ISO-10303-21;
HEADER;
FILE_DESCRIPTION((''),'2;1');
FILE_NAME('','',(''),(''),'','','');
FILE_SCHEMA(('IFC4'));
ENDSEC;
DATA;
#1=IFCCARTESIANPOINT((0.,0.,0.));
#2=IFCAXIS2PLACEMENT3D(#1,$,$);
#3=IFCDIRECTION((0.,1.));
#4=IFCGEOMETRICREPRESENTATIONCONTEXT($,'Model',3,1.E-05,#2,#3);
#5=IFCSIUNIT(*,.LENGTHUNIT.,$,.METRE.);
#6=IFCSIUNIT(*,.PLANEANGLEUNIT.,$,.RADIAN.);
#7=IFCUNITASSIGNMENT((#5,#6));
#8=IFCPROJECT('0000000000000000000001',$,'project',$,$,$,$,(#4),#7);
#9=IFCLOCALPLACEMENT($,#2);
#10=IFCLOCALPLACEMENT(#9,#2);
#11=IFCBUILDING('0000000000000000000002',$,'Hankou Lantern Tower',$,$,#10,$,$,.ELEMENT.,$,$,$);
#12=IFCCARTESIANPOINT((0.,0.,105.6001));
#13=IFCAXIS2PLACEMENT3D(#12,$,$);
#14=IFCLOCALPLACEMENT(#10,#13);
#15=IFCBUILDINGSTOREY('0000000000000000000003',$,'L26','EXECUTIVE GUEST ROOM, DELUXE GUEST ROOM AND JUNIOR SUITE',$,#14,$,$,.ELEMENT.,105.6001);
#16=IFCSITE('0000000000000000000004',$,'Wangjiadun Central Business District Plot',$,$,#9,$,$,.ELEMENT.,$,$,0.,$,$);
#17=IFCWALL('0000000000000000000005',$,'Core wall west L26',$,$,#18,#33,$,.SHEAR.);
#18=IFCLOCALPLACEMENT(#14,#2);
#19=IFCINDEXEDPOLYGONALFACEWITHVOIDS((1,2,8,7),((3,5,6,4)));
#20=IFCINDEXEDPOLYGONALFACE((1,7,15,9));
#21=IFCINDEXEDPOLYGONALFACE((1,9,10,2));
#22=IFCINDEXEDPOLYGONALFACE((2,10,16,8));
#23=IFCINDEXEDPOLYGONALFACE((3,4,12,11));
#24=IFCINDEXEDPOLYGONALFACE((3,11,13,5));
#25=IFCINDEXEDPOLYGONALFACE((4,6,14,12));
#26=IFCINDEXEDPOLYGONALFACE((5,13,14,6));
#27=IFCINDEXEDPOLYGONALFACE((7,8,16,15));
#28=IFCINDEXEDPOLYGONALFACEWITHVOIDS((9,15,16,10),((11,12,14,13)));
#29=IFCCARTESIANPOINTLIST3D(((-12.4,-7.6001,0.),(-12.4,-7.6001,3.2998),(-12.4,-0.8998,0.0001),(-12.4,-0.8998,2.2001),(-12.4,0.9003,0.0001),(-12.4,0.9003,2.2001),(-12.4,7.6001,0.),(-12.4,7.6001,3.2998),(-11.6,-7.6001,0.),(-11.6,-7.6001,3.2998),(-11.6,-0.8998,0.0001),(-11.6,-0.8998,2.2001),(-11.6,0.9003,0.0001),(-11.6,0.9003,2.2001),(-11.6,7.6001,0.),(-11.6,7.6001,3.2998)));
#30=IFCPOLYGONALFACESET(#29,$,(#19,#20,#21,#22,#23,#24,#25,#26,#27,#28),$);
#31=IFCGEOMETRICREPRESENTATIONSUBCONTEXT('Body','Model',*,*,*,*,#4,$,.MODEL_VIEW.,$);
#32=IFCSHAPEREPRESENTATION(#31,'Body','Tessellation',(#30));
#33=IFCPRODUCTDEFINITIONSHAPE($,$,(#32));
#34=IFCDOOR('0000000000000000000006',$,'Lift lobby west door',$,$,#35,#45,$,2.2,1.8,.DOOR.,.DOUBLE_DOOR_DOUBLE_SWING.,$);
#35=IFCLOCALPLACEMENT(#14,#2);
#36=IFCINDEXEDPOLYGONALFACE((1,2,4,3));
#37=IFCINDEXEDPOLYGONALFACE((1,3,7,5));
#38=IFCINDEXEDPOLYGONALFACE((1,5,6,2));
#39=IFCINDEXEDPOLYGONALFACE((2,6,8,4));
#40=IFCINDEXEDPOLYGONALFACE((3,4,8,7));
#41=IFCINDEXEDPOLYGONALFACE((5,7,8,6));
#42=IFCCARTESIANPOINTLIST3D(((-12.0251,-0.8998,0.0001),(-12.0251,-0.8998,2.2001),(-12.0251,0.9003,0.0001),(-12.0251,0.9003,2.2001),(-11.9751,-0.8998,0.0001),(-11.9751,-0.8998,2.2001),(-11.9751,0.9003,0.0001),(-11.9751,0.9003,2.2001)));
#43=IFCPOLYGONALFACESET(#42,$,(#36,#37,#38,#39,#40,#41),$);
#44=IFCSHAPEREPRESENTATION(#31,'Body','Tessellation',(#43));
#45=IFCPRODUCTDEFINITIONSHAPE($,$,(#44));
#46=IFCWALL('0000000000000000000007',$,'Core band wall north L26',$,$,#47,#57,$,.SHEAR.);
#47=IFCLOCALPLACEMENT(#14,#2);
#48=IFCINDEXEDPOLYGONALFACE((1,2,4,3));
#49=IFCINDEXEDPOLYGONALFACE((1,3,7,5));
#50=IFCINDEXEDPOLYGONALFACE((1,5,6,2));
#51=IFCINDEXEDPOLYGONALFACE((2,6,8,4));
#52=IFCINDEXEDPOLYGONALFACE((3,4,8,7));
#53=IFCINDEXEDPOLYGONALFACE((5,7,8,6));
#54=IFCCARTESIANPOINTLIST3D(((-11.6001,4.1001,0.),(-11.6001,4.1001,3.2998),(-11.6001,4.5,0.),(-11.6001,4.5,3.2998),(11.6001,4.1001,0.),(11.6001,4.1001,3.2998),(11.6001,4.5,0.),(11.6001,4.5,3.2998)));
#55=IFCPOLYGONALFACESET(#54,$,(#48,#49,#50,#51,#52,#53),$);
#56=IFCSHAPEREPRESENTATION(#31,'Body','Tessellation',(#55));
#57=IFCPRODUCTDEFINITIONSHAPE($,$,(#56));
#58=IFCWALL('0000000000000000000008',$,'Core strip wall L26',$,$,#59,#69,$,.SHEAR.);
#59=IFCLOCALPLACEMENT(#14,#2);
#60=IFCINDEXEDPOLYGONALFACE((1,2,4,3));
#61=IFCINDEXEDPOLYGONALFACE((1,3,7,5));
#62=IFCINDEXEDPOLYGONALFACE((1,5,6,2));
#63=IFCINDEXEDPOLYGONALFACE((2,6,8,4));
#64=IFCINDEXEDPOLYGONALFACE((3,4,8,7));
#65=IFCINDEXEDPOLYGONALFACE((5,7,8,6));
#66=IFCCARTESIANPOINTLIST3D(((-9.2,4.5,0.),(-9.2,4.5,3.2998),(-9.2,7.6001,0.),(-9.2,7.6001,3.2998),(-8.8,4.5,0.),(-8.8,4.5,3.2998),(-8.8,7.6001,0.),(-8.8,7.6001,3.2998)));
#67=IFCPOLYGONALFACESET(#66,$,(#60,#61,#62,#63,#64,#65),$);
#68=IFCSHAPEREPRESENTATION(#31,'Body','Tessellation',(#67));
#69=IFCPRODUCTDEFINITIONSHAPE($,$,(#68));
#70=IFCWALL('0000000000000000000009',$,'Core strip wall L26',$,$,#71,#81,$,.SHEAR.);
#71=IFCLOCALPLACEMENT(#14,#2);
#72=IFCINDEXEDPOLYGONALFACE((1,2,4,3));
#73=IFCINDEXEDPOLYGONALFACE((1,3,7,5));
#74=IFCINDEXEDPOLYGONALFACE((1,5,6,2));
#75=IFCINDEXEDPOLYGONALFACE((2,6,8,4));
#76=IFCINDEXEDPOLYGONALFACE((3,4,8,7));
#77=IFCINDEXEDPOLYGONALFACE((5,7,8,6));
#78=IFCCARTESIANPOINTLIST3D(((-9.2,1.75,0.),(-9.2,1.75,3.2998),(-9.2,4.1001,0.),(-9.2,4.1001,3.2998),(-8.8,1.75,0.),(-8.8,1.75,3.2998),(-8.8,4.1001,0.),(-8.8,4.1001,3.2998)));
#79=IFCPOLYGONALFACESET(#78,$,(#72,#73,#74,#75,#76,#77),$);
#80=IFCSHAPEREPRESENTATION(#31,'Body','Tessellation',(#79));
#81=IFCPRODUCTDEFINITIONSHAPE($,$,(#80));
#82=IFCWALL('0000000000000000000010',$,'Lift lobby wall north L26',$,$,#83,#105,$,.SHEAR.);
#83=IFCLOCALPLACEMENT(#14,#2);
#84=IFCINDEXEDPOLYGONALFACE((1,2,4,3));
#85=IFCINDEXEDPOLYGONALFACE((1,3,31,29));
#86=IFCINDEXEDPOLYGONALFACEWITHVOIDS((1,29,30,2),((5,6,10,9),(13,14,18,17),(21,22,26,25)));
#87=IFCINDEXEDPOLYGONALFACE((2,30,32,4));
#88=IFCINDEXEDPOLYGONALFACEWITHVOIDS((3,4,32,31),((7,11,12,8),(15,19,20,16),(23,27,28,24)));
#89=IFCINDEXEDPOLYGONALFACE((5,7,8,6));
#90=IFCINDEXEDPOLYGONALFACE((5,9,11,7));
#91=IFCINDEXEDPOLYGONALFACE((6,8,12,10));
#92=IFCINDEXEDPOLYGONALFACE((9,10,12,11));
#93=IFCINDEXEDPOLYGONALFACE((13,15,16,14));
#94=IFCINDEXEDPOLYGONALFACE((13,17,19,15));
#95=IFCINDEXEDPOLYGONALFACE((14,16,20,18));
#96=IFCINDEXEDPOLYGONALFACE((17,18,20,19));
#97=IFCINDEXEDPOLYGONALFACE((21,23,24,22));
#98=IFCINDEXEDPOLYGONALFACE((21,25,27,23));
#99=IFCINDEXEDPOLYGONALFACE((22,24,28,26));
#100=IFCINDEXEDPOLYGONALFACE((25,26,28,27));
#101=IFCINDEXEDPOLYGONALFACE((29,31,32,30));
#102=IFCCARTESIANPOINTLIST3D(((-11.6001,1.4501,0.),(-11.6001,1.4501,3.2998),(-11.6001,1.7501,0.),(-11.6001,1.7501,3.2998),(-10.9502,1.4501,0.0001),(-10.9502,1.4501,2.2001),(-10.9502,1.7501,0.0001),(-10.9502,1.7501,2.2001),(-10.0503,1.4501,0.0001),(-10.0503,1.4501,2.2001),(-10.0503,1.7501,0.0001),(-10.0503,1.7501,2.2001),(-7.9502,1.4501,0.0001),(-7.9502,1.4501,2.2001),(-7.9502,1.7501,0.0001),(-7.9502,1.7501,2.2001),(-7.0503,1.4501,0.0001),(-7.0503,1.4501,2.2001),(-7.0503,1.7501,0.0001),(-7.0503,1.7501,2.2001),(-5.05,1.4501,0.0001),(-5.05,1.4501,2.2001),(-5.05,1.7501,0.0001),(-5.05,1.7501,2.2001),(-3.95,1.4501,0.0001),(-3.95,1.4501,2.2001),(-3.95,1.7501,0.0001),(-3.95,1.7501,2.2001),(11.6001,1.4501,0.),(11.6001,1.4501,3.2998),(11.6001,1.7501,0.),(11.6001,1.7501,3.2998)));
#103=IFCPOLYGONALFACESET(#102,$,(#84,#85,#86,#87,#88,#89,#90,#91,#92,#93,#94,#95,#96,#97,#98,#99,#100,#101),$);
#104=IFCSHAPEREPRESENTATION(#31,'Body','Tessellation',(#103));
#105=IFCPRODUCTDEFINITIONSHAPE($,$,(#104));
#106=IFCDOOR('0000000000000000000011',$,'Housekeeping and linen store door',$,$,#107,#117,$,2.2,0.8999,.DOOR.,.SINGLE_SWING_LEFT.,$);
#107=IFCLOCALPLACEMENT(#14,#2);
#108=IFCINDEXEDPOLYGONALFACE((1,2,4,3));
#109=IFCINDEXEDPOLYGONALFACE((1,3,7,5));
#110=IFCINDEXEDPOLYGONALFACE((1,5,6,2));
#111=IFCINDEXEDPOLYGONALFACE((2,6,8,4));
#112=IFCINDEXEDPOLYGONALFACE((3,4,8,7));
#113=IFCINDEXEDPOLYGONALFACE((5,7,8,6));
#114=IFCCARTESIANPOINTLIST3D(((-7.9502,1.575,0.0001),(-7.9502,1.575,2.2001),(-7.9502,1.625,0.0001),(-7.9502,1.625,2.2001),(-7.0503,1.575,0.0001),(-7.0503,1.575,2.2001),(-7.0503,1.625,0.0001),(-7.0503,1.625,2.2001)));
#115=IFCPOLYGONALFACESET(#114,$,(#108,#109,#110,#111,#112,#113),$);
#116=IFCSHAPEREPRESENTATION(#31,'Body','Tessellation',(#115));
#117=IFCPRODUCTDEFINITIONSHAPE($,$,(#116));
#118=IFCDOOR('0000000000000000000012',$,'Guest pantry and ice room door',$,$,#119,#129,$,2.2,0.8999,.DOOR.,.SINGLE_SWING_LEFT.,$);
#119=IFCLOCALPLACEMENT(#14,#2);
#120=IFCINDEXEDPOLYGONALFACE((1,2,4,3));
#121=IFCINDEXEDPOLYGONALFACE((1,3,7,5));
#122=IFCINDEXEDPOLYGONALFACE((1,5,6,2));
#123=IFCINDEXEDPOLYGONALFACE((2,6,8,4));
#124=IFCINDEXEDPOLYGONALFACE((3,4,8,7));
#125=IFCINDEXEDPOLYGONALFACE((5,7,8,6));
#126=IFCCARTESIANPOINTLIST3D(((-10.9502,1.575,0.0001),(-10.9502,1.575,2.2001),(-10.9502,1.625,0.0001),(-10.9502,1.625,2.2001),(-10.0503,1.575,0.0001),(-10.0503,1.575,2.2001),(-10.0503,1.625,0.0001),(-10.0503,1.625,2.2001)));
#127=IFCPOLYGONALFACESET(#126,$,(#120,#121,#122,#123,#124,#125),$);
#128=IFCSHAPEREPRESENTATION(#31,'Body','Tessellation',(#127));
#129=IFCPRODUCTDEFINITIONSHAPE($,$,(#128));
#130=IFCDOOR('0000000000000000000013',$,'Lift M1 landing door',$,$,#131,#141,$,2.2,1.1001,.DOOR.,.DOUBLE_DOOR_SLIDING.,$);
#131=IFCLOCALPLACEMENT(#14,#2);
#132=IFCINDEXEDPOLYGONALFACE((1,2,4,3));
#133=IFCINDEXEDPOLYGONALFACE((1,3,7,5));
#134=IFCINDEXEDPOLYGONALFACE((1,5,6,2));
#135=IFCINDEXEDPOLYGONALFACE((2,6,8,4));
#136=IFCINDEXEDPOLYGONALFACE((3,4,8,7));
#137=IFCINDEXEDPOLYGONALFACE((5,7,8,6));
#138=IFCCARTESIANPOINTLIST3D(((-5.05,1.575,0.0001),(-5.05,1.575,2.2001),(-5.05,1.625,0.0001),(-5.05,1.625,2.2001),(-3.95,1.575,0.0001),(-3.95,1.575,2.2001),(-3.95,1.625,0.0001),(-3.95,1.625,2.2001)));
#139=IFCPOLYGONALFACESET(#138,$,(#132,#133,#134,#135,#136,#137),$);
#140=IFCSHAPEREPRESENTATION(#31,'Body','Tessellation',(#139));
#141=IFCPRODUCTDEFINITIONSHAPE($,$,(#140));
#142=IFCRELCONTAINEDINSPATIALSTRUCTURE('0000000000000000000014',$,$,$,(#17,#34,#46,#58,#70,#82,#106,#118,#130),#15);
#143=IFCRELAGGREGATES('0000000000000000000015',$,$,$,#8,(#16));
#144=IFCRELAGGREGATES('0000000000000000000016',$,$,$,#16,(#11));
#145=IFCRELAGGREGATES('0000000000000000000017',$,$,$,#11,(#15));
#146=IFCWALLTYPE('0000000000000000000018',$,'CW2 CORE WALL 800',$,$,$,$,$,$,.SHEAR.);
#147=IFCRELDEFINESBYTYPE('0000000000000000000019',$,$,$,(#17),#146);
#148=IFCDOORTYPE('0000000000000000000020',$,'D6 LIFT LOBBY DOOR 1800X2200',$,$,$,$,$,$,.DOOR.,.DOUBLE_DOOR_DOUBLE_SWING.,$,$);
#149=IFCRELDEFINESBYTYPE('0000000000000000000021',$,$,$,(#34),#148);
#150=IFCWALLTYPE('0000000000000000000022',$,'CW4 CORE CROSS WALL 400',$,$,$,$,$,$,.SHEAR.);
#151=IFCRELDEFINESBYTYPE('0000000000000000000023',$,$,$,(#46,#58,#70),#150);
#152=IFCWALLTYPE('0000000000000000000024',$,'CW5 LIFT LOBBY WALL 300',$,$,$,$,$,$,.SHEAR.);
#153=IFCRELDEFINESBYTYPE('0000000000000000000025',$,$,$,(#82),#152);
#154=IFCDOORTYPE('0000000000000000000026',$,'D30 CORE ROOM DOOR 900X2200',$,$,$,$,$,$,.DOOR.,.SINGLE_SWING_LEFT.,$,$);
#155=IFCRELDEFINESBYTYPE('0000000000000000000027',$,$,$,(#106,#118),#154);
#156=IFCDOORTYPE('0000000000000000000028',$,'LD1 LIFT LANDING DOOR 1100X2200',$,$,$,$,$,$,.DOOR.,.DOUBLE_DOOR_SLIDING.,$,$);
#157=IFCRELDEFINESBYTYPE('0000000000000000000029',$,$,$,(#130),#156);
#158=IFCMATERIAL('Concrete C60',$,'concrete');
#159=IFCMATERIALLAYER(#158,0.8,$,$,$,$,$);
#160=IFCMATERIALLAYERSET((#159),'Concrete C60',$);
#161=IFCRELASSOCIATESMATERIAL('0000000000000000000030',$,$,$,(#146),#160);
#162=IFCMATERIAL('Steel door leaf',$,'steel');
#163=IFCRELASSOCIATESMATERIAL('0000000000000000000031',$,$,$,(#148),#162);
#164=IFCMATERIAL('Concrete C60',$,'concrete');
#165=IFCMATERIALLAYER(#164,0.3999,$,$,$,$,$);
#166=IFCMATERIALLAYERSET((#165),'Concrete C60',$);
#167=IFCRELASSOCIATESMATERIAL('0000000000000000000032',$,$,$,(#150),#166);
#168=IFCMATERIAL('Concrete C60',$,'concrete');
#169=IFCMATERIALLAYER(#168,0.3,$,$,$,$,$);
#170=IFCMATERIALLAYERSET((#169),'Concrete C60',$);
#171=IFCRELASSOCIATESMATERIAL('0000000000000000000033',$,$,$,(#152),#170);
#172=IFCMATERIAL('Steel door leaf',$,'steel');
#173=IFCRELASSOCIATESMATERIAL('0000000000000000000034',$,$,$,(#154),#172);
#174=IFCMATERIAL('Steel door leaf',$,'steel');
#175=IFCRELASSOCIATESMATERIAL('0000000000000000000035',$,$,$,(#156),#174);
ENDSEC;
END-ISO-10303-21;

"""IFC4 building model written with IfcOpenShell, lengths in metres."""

from ifc_helpers import new_model, si_unit, direction, frame, frame_2d, origin, place, context, subcontext, project, spatial, rectangle, extrude, material, layer, layer_set, type_object, element, fill, save


model = new_model("IFC4")

# Units and contexts
model_context = context("Model", 3, precision=1e-05, world=origin(), true_north=direction((0.0, 1.0)))
body_context = subcontext(model_context, "Body", "Model", "MODEL_VIEW")
ifc_project = project(units=[si_unit("LENGTHUNIT", "METRE"), si_unit("PLANEANGLEUNIT", "RADIAN")], contexts=[model_context])

# Site, building, storey
site_placement = place(None, origin())
site = spatial("IfcSite", under=ifc_project, at=site_placement, Name="Wangjiadun Central Business District Plot", CompositionType="ELEMENT", RefElevation=0.0)
building_placement = place(site_placement, origin())
building = spatial("IfcBuilding", under=site, at=building_placement, Name="Hankou Lantern Tower", CompositionType="ELEMENT")
storey_placement = place(building_placement, frame((0.0, 0.0, 105.6001)))
storey = spatial("IfcBuildingStorey", under=building, at=storey_placement, Name="L26", Description="EXECUTIVE GUEST ROOM, DELUXE GUEST ROOM AND JUNIOR SUITE", CompositionType="ELEMENT", Elevation=105.6001)

# Wall, opening, door
ifc_material_1 = material(Name="Concrete C60", Category="concrete")
ifc_layer_1 = layer(ifc_material_1, 0.8)
ifc_layer_set_1 = layer_set([ifc_layer_1], Name="Concrete C60")
wall_type_1 = type_object("IfcWallType", Name="CW2 CORE WALL 800", PredefinedType="SHEAR", material=ifc_layer_set_1)
wall_1_placement = place(storey_placement, frame((-12.0, 7.6001, 0.0), z_axis=(0.0, 0.0, 1.0), x_axis=(0.0, -1.0, 0.0)))
wall_1 = element("IfcWall", 1, at=wall_1_placement, inside=storey, type_object=wall_type_1, Name="Core wall west L26", PredefinedType="SHEAR", context=body_context, shape_type="SweptSolid", body=[
    extrude(rectangle(XDim=15.2002, YDim=0.8, at=frame_2d((7.6001, 0.0))), origin(), (0.0, 0.0, 1.0), 3.2998),
])
opening_1_placement = place(wall_1_placement, frame((6.7, 0.0, 0.0)))
opening_1 = element("IfcOpeningElement", 2, at=opening_1_placement, cuts=wall_1, PredefinedType="OPENING", context=body_context, shape_type="SweptSolid", body=[
    extrude(rectangle(XDim=1.8, YDim=2.2, at=frame_2d((0.8999, 1.1001))), frame((0.0, 0.4099, 0.0), z_axis=(0.0, -1.0, 0.0), x_axis=(1.0, 0.0, 0.0)), (0.0, 0.0, 1.0), 0.8201),
])
ifc_material_2 = material(Name="Steel door leaf", Category="steel")
door_type_1 = type_object("IfcDoorType", Name="D6 LIFT LOBBY DOOR 1800X2200", OperationType="DOUBLE_DOOR_DOUBLE_SWING", PredefinedType="DOOR", material=ifc_material_2)
door_1_placement = place(opening_1_placement, origin())
door_1 = element("IfcDoor", 3, at=door_1_placement, inside=storey, type_object=door_type_1, Name="Lift lobby west door", OperationType="DOUBLE_DOOR_DOUBLE_SWING", OverallHeight=2.2, OverallWidth=1.8, PredefinedType="DOOR", context=body_context, shape_type="SweptSolid", body=[
    extrude(rectangle(XDim=1.8, YDim=2.2, at=frame_2d((0.8999, 1.1001))), frame((0.0, 0.0249, 0.0), z_axis=(0.0, -1.0, 0.0), x_axis=(1.0, 0.0, 0.0)), (0.0, 0.0, 1.0), 0.05),
])
fill(opening_1, door_1)

# Walls
ifc_material_3 = material(Name="Concrete C60", Category="concrete")
ifc_layer_2 = layer(ifc_material_3, 0.3999)
ifc_layer_set_2 = layer_set([ifc_layer_2], Name="Concrete C60")
wall_type_2 = type_object("IfcWallType", Name="CW4 CORE CROSS WALL 400", PredefinedType="SHEAR", material=ifc_layer_set_2)
wall_2_placement = place(storey_placement, frame((-11.6001, 4.3, 0.0), z_axis=(0.0, 0.0, 1.0), x_axis=(1.0, 0.0, 0.0)))
element("IfcWall", 4, at=wall_2_placement, inside=storey, type_object=wall_type_2, Name="Core band wall north L26", PredefinedType="SHEAR", context=body_context, shape_type="SweptSolid", body=[
    extrude(rectangle(XDim=23.2002, YDim=0.3999, at=frame_2d((11.6001, 0.0))), origin(), (0.0, 0.0, 1.0), 3.2998),
])
wall_3_placement = place(storey_placement, frame((-9.0, 4.5, 0.0), z_axis=(0.0, 0.0, 1.0), x_axis=(0.0, 1.0, 0.0)))
element("IfcWall", 5, at=wall_3_placement, inside=storey, type_object=wall_type_2, Name="Core strip wall L26", PredefinedType="SHEAR", context=body_context, shape_type="SweptSolid", body=[
    extrude(rectangle(XDim=3.1001, YDim=0.3999, at=frame_2d((1.55, 0.0))), origin(), (0.0, 0.0, 1.0), 3.2998),
])
wall_4_placement = place(storey_placement, frame((-9.0, 1.75, 0.0), z_axis=(0.0, 0.0, 1.0), x_axis=(0.0, 1.0, 0.0)))
element("IfcWall", 6, at=wall_4_placement, inside=storey, type_object=wall_type_2, Name="Core strip wall L26", PredefinedType="SHEAR", context=body_context, shape_type="SweptSolid", body=[
    extrude(rectangle(XDim=2.3501, YDim=0.3999, at=frame_2d((1.175, 0.0))), origin(), (0.0, 0.0, 1.0), 3.2998),
])

# Wall, openings, doors
ifc_material_4 = material(Name="Concrete C60", Category="concrete")
ifc_layer_3 = layer(ifc_material_4, 0.3)
ifc_layer_set_3 = layer_set([ifc_layer_3], Name="Concrete C60")
wall_type_3 = type_object("IfcWallType", Name="CW5 LIFT LOBBY WALL 300", PredefinedType="SHEAR", material=ifc_layer_set_3)
wall_5_placement = place(storey_placement, frame((-11.6001, 1.6001, 0.0), z_axis=(0.0, 0.0, 1.0), x_axis=(1.0, 0.0, 0.0)))
wall_5 = element("IfcWall", 7, at=wall_5_placement, inside=storey, type_object=wall_type_3, Name="Lift lobby wall north L26", PredefinedType="SHEAR", context=body_context, shape_type="SweptSolid", body=[
    extrude(rectangle(XDim=23.2002, YDim=0.3, at=frame_2d((11.6001, 0.0))), origin(), (0.0, 0.0, 1.0), 3.2998),
])
opening_2_placement = place(wall_5_placement, frame((6.55, 0.0, 0.0)))
opening_2 = element("IfcOpeningElement", 8, at=opening_2_placement, cuts=wall_5, PredefinedType="OPENING", context=body_context, shape_type="SweptSolid", body=[
    extrude(rectangle(XDim=1.1001, YDim=2.2, at=frame_2d((0.55, 1.1001))), frame((0.0, 0.1599, 0.0), z_axis=(0.0, -1.0, 0.0), x_axis=(1.0, 0.0, 0.0)), (0.0, 0.0, 1.0), 0.3201),
])
opening_3_placement = place(wall_5_placement, frame((3.6499, 0.0, 0.0)))
opening_3 = element("IfcOpeningElement", 9, at=opening_3_placement, cuts=wall_5, PredefinedType="OPENING", context=body_context, shape_type="SweptSolid", body=[
    extrude(rectangle(XDim=0.8999, YDim=2.2, at=frame_2d((0.45, 1.1001))), frame((0.0, 0.1599, 0.0), z_axis=(0.0, -1.0, 0.0), x_axis=(1.0, 0.0, 0.0)), (0.0, 0.0, 1.0), 0.3201),
])
opening_4_placement = place(wall_5_placement, frame((0.6499, 0.0, 0.0)))
opening_4 = element("IfcOpeningElement", 10, at=opening_4_placement, cuts=wall_5, PredefinedType="OPENING", context=body_context, shape_type="SweptSolid", body=[
    extrude(rectangle(XDim=0.8999, YDim=2.2, at=frame_2d((0.45, 1.1001))), frame((0.0, 0.1599, 0.0), z_axis=(0.0, -1.0, 0.0), x_axis=(1.0, 0.0, 0.0)), (0.0, 0.0, 1.0), 0.3201),
])
ifc_material_5 = material(Name="Steel door leaf", Category="steel")
door_type_2 = type_object("IfcDoorType", Name="D30 CORE ROOM DOOR 900X2200", OperationType="SINGLE_SWING_LEFT", PredefinedType="DOOR", material=ifc_material_5)
door_2_placement = place(opening_3_placement, origin())
door_2 = element("IfcDoor", 11, at=door_2_placement, inside=storey, type_object=door_type_2, Name="Housekeeping and linen store door", OperationType="SINGLE_SWING_LEFT", OverallHeight=2.2, OverallWidth=0.8999, PredefinedType="DOOR", context=body_context, shape_type="SweptSolid", body=[
    extrude(rectangle(XDim=0.8999, YDim=2.2, at=frame_2d((0.45, 1.1001))), frame((0.0, 0.0249, 0.0), z_axis=(0.0, -1.0, 0.0), x_axis=(1.0, 0.0, 0.0)), (0.0, 0.0, 1.0), 0.05),
])
fill(opening_3, door_2)
door_3_placement = place(opening_4_placement, origin())
door_3 = element("IfcDoor", 12, at=door_3_placement, inside=storey, type_object=door_type_2, Name="Guest pantry and ice room door", OperationType="SINGLE_SWING_LEFT", OverallHeight=2.2, OverallWidth=0.8999, PredefinedType="DOOR", context=body_context, shape_type="SweptSolid", body=[
    extrude(rectangle(XDim=0.8999, YDim=2.2, at=frame_2d((0.45, 1.1001))), frame((0.0, 0.0249, 0.0), z_axis=(0.0, -1.0, 0.0), x_axis=(1.0, 0.0, 0.0)), (0.0, 0.0, 1.0), 0.05),
])
fill(opening_4, door_3)
ifc_material_6 = material(Name="Steel door leaf", Category="steel")
door_type_3 = type_object("IfcDoorType", Name="LD1 LIFT LANDING DOOR 1100X2200", OperationType="DOUBLE_DOOR_SLIDING", PredefinedType="DOOR", material=ifc_material_6)
door_4_placement = place(opening_2_placement, origin())
door_4 = element("IfcDoor", 13, at=door_4_placement, inside=storey, type_object=door_type_3, Name="Lift M1 landing door", OperationType="DOUBLE_DOOR_SLIDING", OverallHeight=2.2, OverallWidth=1.1001, PredefinedType="DOOR", context=body_context, shape_type="SweptSolid", body=[
    extrude(rectangle(XDim=1.1001, YDim=2.2, at=frame_2d((0.55, 1.1001))), frame((0.0, 0.0249, 0.0), z_axis=(0.0, -1.0, 0.0), x_axis=(1.0, 0.0, 0.0)), (0.0, 0.0, 1.0), 0.05),
])
fill(opening_2, door_4)

save(model, "model.ifc")
